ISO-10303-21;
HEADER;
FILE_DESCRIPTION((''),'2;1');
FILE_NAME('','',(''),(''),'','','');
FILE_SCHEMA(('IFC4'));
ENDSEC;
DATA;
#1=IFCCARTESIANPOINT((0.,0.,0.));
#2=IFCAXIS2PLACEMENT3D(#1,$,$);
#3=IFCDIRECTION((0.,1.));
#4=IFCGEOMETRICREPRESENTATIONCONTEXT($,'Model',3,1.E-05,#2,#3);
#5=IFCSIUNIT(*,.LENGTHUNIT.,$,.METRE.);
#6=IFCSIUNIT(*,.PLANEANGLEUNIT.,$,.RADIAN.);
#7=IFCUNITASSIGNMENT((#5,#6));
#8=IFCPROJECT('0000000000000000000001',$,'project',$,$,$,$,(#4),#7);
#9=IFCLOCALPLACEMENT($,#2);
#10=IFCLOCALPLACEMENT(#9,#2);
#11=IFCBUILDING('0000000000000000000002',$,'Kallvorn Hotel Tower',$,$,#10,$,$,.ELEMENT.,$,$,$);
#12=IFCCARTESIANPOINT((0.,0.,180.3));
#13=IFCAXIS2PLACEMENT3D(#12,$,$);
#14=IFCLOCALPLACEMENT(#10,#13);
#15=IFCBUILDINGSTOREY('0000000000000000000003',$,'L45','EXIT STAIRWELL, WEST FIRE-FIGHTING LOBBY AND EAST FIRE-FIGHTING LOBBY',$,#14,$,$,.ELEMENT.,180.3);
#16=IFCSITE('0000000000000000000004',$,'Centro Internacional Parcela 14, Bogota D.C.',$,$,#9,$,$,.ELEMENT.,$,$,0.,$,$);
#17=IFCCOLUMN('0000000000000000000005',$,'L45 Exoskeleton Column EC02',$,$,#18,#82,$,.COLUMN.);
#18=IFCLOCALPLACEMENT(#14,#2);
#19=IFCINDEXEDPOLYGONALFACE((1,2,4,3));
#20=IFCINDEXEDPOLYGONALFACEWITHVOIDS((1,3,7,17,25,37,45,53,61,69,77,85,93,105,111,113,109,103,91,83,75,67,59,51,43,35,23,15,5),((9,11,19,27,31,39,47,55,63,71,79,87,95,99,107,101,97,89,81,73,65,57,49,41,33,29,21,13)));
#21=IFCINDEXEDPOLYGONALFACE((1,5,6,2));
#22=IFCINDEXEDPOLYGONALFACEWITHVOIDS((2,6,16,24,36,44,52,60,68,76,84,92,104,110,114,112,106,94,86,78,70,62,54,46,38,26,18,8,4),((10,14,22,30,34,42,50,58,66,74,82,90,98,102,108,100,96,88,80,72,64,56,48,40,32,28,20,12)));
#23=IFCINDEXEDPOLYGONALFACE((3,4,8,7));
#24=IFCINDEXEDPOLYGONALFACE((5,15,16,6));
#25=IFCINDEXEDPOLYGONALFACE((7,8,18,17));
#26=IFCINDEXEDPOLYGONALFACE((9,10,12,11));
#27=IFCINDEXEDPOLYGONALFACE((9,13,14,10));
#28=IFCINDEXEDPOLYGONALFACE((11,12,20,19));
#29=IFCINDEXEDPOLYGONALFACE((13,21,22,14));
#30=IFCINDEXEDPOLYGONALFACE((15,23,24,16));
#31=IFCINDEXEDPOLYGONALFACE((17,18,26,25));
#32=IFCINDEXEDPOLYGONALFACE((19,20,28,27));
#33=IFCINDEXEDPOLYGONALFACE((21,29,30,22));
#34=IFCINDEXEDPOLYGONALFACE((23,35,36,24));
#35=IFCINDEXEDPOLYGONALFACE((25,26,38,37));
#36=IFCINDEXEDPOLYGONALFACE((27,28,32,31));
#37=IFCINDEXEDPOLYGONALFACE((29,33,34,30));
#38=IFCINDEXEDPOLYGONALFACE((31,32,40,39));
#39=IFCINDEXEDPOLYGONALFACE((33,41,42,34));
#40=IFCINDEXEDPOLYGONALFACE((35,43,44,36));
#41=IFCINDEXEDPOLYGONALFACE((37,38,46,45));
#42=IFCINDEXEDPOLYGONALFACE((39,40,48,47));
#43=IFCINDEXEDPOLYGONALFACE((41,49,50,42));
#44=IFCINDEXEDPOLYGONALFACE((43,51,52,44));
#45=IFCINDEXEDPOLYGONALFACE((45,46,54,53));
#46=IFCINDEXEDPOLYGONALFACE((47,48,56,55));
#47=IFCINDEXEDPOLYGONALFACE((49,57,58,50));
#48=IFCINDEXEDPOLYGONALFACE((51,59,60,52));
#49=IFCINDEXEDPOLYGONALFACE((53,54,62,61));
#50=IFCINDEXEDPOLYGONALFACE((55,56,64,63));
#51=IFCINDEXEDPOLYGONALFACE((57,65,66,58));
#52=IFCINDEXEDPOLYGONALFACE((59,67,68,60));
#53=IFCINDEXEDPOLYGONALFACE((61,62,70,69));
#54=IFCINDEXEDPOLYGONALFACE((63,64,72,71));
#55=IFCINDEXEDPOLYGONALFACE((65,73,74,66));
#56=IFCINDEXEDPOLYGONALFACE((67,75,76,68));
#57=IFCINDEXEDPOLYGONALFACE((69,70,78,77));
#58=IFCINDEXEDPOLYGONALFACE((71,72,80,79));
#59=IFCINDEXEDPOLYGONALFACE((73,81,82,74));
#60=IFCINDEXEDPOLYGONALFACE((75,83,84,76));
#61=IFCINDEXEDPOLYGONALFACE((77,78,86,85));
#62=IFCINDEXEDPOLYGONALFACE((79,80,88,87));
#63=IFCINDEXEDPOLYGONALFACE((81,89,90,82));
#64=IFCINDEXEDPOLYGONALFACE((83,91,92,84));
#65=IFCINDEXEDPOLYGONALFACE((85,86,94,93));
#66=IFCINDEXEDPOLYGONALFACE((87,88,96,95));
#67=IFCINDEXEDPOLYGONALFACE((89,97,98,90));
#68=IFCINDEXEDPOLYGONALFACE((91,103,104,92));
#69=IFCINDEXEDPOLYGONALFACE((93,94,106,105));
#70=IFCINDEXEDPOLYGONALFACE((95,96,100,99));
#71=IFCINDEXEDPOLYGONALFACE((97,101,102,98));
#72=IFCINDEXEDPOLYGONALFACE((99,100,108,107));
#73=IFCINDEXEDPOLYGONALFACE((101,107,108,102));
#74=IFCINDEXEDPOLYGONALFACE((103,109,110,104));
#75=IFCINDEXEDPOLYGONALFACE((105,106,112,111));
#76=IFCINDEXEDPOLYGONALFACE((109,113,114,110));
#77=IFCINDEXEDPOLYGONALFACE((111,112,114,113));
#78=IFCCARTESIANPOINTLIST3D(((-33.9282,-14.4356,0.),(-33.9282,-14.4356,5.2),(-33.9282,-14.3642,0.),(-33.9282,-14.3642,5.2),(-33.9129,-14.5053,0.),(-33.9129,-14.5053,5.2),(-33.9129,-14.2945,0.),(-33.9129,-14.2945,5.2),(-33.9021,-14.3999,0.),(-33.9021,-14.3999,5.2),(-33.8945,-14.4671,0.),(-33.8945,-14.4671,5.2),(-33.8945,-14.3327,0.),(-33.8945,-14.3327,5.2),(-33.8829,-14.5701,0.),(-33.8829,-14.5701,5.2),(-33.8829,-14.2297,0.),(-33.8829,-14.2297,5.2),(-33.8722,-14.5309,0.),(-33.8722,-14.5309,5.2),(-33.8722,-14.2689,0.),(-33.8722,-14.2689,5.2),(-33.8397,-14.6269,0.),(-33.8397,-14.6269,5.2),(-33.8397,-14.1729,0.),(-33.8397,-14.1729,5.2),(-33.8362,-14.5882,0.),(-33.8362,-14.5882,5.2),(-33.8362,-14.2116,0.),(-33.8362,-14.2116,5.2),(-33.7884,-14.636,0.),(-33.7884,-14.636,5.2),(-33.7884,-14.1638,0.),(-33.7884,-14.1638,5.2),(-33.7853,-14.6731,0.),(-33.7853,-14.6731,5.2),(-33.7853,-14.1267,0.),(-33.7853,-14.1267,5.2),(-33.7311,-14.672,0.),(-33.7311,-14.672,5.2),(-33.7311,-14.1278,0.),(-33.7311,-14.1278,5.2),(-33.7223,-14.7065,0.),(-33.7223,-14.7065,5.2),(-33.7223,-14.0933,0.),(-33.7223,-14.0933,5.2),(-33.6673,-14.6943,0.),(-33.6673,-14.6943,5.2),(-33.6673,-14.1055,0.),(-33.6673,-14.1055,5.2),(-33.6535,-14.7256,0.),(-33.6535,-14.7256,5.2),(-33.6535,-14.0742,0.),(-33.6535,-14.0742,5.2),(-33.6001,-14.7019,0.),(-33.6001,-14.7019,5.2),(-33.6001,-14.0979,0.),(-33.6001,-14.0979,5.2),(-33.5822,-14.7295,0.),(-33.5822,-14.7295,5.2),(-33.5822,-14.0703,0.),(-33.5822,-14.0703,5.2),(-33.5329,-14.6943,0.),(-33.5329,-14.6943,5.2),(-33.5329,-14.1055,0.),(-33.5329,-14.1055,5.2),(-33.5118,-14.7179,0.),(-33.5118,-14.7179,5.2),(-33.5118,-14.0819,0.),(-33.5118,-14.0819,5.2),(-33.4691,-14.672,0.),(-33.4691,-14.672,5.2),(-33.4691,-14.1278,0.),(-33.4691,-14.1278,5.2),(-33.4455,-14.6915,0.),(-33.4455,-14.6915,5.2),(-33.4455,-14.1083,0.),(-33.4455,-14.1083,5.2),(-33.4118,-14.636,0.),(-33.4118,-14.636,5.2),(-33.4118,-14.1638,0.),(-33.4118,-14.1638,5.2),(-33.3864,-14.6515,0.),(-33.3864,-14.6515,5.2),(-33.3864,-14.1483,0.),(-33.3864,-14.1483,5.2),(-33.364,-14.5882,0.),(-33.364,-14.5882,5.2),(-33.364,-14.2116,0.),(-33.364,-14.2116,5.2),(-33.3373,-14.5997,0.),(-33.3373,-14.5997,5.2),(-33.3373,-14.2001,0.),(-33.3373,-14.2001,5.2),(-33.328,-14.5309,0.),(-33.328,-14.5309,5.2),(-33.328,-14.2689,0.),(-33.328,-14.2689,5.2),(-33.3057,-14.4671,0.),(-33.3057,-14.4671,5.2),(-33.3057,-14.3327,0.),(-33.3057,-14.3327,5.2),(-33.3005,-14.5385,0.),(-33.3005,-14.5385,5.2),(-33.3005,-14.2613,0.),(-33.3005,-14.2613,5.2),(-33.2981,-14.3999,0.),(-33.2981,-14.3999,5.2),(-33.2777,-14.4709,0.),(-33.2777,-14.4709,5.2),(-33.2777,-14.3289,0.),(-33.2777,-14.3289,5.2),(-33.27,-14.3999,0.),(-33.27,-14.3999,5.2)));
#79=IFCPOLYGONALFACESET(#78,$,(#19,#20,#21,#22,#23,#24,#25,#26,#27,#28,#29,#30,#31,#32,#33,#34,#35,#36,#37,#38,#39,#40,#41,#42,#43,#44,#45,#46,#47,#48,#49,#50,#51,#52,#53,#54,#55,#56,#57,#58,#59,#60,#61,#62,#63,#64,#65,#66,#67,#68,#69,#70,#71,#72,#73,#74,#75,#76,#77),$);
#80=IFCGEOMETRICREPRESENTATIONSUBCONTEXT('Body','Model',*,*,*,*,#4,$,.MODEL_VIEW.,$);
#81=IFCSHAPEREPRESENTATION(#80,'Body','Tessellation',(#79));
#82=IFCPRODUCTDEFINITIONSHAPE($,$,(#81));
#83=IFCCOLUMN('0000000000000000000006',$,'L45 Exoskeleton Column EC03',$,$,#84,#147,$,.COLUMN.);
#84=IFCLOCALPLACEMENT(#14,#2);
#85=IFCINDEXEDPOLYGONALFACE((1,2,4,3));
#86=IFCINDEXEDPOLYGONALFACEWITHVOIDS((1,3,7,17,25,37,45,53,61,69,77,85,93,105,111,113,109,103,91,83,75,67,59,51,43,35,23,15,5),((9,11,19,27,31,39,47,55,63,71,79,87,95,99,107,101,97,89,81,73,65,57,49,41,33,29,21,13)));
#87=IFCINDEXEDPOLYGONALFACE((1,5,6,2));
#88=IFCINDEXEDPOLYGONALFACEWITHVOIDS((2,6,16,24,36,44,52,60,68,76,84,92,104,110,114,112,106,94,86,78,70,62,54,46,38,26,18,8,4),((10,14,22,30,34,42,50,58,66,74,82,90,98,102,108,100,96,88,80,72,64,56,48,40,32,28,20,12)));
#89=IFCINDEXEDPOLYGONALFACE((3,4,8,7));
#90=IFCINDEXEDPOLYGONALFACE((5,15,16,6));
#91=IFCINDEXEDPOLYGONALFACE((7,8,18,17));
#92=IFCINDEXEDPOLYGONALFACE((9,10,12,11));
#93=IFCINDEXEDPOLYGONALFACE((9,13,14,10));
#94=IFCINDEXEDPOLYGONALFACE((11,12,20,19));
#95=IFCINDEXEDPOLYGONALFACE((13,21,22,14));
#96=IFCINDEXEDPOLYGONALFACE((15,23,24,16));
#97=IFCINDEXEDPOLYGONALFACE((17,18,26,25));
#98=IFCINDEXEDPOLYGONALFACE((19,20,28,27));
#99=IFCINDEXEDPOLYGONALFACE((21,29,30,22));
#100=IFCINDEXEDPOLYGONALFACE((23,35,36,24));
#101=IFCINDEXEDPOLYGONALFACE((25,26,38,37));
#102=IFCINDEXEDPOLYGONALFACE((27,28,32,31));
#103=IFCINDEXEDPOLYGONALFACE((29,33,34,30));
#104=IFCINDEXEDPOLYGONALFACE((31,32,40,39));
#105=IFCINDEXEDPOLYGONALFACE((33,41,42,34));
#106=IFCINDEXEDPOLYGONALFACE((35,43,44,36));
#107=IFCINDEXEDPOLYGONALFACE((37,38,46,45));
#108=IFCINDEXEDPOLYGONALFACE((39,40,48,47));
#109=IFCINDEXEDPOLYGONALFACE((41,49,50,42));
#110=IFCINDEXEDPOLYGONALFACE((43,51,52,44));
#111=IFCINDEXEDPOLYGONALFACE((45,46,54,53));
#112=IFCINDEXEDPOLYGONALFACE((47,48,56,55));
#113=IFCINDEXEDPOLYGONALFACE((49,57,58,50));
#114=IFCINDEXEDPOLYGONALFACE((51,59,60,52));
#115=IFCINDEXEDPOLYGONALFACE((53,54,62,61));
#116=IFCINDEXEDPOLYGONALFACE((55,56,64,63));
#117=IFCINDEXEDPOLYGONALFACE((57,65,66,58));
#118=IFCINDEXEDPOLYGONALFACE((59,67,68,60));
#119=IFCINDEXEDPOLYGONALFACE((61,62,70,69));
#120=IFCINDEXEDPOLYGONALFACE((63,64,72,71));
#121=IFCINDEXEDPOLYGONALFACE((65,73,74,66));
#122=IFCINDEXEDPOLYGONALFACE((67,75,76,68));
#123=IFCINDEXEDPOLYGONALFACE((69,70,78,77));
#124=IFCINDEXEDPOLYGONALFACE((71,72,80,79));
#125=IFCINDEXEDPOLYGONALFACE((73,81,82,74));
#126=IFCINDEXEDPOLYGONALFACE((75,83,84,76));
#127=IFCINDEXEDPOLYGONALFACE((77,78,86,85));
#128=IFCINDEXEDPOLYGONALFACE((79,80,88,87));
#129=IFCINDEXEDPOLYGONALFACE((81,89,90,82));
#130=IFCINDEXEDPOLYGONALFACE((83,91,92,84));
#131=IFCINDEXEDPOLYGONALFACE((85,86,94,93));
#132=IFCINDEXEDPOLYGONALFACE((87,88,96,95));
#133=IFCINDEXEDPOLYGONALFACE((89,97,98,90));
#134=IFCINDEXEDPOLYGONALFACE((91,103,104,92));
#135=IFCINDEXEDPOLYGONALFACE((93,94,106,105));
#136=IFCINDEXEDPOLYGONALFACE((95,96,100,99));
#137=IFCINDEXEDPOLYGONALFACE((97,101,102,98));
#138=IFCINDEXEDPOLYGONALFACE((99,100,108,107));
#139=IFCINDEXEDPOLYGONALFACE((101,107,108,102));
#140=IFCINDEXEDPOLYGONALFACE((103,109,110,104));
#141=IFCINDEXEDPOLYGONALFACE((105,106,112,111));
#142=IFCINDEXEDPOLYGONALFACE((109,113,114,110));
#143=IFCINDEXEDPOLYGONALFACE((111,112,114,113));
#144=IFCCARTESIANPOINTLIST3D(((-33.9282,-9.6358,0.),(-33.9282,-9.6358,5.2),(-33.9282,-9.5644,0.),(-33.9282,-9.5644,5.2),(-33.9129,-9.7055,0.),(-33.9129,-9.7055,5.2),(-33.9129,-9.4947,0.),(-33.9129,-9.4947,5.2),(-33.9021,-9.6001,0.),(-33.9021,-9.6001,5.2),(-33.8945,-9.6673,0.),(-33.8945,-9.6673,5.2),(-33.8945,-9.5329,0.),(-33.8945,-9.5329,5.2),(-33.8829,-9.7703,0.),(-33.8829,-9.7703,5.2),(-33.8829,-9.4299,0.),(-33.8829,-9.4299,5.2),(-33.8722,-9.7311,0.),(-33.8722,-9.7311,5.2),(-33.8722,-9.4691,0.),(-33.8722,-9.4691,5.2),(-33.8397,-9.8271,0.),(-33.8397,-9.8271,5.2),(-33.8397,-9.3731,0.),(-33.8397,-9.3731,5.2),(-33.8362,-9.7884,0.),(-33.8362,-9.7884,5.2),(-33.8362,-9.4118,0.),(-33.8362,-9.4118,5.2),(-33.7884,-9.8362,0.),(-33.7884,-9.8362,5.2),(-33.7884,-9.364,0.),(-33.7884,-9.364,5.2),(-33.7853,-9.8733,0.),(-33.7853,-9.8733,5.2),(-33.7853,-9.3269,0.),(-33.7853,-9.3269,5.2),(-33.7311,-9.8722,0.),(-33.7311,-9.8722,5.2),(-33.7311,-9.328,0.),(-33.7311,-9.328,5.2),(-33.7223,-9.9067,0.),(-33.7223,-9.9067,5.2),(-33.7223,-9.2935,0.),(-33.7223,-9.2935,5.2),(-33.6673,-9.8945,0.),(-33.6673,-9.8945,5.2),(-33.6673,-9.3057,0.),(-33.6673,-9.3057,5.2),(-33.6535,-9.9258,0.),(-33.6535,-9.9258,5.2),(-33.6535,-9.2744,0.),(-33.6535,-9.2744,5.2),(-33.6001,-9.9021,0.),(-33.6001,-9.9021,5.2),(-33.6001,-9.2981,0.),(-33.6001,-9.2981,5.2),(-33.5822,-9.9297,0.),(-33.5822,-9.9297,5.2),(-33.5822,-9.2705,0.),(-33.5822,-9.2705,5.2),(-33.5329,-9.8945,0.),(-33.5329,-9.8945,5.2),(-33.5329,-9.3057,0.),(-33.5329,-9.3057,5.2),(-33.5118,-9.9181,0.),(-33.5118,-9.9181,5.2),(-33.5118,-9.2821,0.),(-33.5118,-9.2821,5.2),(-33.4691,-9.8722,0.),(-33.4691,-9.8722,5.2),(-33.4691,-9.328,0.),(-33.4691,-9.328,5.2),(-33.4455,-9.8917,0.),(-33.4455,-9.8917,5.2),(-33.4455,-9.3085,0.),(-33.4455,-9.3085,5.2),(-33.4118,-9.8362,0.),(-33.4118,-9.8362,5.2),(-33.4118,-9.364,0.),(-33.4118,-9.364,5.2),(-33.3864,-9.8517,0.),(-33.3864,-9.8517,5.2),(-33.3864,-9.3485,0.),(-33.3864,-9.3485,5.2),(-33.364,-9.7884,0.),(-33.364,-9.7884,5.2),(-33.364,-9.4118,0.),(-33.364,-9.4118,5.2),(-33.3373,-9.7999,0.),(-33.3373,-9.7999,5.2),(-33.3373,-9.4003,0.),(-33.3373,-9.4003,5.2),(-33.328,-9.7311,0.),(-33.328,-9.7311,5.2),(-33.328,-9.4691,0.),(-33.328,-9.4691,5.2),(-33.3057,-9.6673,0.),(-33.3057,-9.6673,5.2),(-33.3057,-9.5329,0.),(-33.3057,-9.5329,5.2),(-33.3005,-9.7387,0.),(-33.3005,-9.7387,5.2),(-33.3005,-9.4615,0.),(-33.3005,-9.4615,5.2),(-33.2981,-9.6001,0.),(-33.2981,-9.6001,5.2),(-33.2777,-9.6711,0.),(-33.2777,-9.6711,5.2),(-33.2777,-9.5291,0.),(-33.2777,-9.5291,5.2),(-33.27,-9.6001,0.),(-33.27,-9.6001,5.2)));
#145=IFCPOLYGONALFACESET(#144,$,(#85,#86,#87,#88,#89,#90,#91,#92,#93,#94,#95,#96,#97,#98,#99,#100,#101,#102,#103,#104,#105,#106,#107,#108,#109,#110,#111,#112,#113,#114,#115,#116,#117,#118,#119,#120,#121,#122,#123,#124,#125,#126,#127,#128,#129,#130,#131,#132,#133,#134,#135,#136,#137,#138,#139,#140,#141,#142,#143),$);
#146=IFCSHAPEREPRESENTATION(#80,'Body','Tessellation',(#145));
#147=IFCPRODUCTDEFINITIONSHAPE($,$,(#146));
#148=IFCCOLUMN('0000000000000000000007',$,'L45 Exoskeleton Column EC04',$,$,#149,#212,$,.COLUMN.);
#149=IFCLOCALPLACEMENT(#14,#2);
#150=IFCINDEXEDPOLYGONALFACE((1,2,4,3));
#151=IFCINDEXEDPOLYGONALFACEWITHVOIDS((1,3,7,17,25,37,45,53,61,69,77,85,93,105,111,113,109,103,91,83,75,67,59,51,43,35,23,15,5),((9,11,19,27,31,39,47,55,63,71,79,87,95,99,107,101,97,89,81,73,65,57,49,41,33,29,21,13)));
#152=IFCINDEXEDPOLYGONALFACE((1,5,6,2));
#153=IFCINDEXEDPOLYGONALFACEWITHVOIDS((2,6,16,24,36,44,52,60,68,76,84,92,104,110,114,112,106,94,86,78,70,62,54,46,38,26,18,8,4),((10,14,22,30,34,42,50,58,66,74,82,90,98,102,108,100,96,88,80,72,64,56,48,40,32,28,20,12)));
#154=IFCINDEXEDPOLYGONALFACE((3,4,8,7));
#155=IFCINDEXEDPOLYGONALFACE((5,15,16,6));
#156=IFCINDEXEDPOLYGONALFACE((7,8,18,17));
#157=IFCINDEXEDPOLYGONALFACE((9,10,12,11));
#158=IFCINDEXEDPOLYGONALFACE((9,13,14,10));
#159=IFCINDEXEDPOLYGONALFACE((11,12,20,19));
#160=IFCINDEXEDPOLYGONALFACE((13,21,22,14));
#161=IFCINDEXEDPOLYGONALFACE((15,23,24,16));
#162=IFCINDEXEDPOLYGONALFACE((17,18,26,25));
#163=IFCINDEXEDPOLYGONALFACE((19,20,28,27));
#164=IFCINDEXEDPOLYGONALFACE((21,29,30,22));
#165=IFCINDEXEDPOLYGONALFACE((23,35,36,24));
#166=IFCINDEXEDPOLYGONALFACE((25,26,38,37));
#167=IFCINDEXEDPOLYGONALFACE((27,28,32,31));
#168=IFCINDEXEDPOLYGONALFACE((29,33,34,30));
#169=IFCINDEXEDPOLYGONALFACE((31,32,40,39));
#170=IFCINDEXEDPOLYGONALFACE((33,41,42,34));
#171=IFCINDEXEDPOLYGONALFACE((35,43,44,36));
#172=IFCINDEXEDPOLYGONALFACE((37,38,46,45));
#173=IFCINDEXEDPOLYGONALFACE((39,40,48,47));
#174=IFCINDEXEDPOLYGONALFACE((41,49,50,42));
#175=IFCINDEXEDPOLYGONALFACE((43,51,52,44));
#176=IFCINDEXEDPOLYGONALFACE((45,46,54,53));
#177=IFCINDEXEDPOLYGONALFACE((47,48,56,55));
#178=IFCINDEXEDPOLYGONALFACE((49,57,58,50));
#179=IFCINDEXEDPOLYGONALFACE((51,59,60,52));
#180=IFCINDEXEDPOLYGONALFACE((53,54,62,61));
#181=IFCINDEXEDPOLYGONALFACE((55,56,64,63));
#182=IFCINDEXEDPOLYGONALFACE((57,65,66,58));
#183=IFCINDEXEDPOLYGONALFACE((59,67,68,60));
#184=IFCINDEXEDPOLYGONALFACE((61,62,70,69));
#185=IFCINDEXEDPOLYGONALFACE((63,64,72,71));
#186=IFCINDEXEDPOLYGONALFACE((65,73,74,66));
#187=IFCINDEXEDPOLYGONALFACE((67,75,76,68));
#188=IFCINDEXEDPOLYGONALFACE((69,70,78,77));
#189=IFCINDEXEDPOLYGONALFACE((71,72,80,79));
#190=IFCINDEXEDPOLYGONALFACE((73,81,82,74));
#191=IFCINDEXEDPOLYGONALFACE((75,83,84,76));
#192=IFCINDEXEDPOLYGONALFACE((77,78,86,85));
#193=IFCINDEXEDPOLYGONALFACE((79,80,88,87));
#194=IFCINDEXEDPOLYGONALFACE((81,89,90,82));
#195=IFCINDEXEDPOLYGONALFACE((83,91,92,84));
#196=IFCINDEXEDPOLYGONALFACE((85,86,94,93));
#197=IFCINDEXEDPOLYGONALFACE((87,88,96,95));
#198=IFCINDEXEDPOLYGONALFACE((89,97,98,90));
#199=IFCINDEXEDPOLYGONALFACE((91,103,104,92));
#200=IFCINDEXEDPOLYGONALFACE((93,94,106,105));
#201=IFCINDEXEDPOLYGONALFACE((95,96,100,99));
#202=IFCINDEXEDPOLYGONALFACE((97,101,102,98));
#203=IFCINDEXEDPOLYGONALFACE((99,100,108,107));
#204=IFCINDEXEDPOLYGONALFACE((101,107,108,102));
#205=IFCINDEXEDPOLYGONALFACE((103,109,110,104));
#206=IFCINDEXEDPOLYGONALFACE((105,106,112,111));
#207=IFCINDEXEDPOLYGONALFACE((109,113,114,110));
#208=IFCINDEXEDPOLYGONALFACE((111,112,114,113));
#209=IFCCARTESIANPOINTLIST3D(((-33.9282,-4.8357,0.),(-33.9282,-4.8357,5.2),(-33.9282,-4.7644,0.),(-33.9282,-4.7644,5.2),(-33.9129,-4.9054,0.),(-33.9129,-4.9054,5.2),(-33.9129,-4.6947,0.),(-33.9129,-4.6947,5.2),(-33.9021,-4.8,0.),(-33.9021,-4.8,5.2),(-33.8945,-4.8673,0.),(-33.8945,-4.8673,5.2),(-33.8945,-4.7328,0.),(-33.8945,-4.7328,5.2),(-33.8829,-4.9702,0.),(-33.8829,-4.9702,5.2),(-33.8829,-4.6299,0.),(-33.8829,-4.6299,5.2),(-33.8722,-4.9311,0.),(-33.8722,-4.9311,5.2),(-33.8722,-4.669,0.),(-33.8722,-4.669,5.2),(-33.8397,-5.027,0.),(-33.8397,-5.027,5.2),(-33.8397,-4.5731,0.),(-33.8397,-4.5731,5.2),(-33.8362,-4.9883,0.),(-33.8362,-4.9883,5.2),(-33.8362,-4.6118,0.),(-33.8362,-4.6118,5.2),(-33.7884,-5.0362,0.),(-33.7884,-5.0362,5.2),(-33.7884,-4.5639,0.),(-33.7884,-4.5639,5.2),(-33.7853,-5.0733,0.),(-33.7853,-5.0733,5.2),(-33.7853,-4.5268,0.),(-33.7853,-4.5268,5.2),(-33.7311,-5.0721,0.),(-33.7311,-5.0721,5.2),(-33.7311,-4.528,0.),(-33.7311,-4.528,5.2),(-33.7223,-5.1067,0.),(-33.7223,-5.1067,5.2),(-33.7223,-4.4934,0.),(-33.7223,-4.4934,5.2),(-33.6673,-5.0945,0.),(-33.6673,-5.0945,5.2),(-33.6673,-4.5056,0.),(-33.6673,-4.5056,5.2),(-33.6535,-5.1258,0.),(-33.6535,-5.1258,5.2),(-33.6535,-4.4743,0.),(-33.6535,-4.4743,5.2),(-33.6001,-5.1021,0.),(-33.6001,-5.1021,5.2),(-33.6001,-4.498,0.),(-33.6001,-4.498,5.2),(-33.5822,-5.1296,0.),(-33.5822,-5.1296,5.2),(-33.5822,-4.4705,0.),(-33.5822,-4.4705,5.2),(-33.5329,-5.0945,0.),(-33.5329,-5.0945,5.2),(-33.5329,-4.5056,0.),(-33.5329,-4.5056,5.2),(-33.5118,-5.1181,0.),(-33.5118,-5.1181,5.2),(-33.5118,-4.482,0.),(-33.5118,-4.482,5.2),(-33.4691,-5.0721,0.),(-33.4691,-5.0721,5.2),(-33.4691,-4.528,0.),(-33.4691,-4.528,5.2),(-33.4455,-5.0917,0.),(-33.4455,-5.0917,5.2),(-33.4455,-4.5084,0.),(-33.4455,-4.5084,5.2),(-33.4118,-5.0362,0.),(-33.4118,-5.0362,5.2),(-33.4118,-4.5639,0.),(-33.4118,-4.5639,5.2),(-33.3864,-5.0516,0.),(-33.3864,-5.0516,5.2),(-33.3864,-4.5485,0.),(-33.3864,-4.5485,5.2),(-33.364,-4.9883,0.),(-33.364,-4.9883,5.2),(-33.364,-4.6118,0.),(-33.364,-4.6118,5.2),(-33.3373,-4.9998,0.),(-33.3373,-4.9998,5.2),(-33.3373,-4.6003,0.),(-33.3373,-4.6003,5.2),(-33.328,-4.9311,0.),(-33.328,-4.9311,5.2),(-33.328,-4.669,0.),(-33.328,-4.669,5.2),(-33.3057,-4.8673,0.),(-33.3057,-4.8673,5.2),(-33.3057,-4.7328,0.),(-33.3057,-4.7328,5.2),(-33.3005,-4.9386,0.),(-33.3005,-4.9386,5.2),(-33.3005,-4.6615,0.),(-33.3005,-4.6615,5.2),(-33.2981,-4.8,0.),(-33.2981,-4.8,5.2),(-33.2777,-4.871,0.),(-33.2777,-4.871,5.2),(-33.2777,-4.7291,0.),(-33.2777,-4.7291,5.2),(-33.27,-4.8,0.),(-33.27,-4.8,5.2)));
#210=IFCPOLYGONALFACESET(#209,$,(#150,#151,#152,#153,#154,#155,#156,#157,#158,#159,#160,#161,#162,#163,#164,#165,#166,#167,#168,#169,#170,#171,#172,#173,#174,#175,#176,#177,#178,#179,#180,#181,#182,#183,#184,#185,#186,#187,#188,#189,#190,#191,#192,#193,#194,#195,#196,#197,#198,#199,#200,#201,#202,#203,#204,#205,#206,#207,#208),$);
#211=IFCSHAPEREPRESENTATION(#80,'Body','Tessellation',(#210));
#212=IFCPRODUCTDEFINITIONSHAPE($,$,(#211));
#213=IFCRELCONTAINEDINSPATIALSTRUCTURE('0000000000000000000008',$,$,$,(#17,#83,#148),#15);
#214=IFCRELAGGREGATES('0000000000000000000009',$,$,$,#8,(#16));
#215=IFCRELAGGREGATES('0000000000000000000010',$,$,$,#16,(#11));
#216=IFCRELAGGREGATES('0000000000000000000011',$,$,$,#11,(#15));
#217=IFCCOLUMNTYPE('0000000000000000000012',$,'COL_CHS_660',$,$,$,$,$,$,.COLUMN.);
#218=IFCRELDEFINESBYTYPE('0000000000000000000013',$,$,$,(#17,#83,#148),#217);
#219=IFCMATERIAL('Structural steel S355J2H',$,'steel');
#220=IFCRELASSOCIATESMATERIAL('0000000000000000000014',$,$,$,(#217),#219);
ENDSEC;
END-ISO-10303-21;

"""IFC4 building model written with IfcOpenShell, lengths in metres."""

from ifc_helpers import new_model, si_unit, direction, frame, origin, origin_2d, place, context, subcontext, project, spatial, hollow_circle, extrude, material, material_profile, profile_set, type_object, element, save


model = new_model("IFC4")

# Units and contexts
model_context = context("Model", 3, precision=1e-05, world=origin(), true_north=direction((0.0, 1.0)))
body_context = subcontext(model_context, "Body", "Model", "MODEL_VIEW")
ifc_project = project(units=[si_unit("LENGTHUNIT", "METRE"), si_unit("PLANEANGLEUNIT", "RADIAN")], contexts=[model_context])

# Site, building, storey
site_placement = place(None, origin())
site = spatial("IfcSite", under=ifc_project, at=site_placement, Name="Centro Internacional Parcela 14, Bogota D.C.", CompositionType="ELEMENT", RefElevation=0.0)
building_placement = place(site_placement, origin())
building = spatial("IfcBuilding", under=site, at=building_placement, Name="Kallvorn Hotel Tower", CompositionType="ELEMENT")
storey_placement = place(building_placement, frame((0.0, 0.0, 180.3)))
storey = spatial("IfcBuildingStorey", under=building, at=storey_placement, Name="L45", Description="EXIT STAIRWELL, WEST FIRE-FIGHTING LOBBY AND EAST FIRE-FIGHTING LOBBY", CompositionType="ELEMENT", Elevation=180.3)

# Columns
ifc_material_1 = material(Name="Structural steel S355J2H", Category="steel")
ifc_material_profile_1 = material_profile(ifc_material_1, hollow_circle(Radius=0.3301, WallThickness=0.0281, at=origin_2d()), Name="CHS 660x28")
ifc_profile_set_1 = profile_set([ifc_material_profile_1], Name="Structural steel S355J2H")
column_type_1 = type_object("IfcColumnType", Name="COL_CHS_660", PredefinedType="COLUMN", material=ifc_profile_set_1)
for number, where, z_axis, x_axis, name in (
    (1, (-33.6001, -14.3999, 0.0), (0.0, 0.0, 1.0), (1.0, 0.0, 0.0), "L45 Exoskeleton Column EC02"),
    (2, (-33.6001, -9.6001, 0.0), (0.0, 0.0, 1.0), (1.0, 0.0, 0.0), "L45 Exoskeleton Column EC03"),
    (3, (-33.6001, -4.8, 0.0), (0.0, 0.0, 1.0), (1.0, 0.0, 0.0), "L45 Exoskeleton Column EC04"),
):
    element("IfcColumn", number, at=place(storey_placement, frame(where, z_axis=z_axis, x_axis=x_axis)), inside=storey, type_object=column_type_1, Name=name, PredefinedType="COLUMN", context=body_context, shape_type="SweptSolid", body=[
        extrude(hollow_circle(Radius=0.3301, WallThickness=0.0281, at=origin_2d()), origin(), (0.0, 0.0, 1.0), 5.2),
    ])

save(model, "model.ifc")
